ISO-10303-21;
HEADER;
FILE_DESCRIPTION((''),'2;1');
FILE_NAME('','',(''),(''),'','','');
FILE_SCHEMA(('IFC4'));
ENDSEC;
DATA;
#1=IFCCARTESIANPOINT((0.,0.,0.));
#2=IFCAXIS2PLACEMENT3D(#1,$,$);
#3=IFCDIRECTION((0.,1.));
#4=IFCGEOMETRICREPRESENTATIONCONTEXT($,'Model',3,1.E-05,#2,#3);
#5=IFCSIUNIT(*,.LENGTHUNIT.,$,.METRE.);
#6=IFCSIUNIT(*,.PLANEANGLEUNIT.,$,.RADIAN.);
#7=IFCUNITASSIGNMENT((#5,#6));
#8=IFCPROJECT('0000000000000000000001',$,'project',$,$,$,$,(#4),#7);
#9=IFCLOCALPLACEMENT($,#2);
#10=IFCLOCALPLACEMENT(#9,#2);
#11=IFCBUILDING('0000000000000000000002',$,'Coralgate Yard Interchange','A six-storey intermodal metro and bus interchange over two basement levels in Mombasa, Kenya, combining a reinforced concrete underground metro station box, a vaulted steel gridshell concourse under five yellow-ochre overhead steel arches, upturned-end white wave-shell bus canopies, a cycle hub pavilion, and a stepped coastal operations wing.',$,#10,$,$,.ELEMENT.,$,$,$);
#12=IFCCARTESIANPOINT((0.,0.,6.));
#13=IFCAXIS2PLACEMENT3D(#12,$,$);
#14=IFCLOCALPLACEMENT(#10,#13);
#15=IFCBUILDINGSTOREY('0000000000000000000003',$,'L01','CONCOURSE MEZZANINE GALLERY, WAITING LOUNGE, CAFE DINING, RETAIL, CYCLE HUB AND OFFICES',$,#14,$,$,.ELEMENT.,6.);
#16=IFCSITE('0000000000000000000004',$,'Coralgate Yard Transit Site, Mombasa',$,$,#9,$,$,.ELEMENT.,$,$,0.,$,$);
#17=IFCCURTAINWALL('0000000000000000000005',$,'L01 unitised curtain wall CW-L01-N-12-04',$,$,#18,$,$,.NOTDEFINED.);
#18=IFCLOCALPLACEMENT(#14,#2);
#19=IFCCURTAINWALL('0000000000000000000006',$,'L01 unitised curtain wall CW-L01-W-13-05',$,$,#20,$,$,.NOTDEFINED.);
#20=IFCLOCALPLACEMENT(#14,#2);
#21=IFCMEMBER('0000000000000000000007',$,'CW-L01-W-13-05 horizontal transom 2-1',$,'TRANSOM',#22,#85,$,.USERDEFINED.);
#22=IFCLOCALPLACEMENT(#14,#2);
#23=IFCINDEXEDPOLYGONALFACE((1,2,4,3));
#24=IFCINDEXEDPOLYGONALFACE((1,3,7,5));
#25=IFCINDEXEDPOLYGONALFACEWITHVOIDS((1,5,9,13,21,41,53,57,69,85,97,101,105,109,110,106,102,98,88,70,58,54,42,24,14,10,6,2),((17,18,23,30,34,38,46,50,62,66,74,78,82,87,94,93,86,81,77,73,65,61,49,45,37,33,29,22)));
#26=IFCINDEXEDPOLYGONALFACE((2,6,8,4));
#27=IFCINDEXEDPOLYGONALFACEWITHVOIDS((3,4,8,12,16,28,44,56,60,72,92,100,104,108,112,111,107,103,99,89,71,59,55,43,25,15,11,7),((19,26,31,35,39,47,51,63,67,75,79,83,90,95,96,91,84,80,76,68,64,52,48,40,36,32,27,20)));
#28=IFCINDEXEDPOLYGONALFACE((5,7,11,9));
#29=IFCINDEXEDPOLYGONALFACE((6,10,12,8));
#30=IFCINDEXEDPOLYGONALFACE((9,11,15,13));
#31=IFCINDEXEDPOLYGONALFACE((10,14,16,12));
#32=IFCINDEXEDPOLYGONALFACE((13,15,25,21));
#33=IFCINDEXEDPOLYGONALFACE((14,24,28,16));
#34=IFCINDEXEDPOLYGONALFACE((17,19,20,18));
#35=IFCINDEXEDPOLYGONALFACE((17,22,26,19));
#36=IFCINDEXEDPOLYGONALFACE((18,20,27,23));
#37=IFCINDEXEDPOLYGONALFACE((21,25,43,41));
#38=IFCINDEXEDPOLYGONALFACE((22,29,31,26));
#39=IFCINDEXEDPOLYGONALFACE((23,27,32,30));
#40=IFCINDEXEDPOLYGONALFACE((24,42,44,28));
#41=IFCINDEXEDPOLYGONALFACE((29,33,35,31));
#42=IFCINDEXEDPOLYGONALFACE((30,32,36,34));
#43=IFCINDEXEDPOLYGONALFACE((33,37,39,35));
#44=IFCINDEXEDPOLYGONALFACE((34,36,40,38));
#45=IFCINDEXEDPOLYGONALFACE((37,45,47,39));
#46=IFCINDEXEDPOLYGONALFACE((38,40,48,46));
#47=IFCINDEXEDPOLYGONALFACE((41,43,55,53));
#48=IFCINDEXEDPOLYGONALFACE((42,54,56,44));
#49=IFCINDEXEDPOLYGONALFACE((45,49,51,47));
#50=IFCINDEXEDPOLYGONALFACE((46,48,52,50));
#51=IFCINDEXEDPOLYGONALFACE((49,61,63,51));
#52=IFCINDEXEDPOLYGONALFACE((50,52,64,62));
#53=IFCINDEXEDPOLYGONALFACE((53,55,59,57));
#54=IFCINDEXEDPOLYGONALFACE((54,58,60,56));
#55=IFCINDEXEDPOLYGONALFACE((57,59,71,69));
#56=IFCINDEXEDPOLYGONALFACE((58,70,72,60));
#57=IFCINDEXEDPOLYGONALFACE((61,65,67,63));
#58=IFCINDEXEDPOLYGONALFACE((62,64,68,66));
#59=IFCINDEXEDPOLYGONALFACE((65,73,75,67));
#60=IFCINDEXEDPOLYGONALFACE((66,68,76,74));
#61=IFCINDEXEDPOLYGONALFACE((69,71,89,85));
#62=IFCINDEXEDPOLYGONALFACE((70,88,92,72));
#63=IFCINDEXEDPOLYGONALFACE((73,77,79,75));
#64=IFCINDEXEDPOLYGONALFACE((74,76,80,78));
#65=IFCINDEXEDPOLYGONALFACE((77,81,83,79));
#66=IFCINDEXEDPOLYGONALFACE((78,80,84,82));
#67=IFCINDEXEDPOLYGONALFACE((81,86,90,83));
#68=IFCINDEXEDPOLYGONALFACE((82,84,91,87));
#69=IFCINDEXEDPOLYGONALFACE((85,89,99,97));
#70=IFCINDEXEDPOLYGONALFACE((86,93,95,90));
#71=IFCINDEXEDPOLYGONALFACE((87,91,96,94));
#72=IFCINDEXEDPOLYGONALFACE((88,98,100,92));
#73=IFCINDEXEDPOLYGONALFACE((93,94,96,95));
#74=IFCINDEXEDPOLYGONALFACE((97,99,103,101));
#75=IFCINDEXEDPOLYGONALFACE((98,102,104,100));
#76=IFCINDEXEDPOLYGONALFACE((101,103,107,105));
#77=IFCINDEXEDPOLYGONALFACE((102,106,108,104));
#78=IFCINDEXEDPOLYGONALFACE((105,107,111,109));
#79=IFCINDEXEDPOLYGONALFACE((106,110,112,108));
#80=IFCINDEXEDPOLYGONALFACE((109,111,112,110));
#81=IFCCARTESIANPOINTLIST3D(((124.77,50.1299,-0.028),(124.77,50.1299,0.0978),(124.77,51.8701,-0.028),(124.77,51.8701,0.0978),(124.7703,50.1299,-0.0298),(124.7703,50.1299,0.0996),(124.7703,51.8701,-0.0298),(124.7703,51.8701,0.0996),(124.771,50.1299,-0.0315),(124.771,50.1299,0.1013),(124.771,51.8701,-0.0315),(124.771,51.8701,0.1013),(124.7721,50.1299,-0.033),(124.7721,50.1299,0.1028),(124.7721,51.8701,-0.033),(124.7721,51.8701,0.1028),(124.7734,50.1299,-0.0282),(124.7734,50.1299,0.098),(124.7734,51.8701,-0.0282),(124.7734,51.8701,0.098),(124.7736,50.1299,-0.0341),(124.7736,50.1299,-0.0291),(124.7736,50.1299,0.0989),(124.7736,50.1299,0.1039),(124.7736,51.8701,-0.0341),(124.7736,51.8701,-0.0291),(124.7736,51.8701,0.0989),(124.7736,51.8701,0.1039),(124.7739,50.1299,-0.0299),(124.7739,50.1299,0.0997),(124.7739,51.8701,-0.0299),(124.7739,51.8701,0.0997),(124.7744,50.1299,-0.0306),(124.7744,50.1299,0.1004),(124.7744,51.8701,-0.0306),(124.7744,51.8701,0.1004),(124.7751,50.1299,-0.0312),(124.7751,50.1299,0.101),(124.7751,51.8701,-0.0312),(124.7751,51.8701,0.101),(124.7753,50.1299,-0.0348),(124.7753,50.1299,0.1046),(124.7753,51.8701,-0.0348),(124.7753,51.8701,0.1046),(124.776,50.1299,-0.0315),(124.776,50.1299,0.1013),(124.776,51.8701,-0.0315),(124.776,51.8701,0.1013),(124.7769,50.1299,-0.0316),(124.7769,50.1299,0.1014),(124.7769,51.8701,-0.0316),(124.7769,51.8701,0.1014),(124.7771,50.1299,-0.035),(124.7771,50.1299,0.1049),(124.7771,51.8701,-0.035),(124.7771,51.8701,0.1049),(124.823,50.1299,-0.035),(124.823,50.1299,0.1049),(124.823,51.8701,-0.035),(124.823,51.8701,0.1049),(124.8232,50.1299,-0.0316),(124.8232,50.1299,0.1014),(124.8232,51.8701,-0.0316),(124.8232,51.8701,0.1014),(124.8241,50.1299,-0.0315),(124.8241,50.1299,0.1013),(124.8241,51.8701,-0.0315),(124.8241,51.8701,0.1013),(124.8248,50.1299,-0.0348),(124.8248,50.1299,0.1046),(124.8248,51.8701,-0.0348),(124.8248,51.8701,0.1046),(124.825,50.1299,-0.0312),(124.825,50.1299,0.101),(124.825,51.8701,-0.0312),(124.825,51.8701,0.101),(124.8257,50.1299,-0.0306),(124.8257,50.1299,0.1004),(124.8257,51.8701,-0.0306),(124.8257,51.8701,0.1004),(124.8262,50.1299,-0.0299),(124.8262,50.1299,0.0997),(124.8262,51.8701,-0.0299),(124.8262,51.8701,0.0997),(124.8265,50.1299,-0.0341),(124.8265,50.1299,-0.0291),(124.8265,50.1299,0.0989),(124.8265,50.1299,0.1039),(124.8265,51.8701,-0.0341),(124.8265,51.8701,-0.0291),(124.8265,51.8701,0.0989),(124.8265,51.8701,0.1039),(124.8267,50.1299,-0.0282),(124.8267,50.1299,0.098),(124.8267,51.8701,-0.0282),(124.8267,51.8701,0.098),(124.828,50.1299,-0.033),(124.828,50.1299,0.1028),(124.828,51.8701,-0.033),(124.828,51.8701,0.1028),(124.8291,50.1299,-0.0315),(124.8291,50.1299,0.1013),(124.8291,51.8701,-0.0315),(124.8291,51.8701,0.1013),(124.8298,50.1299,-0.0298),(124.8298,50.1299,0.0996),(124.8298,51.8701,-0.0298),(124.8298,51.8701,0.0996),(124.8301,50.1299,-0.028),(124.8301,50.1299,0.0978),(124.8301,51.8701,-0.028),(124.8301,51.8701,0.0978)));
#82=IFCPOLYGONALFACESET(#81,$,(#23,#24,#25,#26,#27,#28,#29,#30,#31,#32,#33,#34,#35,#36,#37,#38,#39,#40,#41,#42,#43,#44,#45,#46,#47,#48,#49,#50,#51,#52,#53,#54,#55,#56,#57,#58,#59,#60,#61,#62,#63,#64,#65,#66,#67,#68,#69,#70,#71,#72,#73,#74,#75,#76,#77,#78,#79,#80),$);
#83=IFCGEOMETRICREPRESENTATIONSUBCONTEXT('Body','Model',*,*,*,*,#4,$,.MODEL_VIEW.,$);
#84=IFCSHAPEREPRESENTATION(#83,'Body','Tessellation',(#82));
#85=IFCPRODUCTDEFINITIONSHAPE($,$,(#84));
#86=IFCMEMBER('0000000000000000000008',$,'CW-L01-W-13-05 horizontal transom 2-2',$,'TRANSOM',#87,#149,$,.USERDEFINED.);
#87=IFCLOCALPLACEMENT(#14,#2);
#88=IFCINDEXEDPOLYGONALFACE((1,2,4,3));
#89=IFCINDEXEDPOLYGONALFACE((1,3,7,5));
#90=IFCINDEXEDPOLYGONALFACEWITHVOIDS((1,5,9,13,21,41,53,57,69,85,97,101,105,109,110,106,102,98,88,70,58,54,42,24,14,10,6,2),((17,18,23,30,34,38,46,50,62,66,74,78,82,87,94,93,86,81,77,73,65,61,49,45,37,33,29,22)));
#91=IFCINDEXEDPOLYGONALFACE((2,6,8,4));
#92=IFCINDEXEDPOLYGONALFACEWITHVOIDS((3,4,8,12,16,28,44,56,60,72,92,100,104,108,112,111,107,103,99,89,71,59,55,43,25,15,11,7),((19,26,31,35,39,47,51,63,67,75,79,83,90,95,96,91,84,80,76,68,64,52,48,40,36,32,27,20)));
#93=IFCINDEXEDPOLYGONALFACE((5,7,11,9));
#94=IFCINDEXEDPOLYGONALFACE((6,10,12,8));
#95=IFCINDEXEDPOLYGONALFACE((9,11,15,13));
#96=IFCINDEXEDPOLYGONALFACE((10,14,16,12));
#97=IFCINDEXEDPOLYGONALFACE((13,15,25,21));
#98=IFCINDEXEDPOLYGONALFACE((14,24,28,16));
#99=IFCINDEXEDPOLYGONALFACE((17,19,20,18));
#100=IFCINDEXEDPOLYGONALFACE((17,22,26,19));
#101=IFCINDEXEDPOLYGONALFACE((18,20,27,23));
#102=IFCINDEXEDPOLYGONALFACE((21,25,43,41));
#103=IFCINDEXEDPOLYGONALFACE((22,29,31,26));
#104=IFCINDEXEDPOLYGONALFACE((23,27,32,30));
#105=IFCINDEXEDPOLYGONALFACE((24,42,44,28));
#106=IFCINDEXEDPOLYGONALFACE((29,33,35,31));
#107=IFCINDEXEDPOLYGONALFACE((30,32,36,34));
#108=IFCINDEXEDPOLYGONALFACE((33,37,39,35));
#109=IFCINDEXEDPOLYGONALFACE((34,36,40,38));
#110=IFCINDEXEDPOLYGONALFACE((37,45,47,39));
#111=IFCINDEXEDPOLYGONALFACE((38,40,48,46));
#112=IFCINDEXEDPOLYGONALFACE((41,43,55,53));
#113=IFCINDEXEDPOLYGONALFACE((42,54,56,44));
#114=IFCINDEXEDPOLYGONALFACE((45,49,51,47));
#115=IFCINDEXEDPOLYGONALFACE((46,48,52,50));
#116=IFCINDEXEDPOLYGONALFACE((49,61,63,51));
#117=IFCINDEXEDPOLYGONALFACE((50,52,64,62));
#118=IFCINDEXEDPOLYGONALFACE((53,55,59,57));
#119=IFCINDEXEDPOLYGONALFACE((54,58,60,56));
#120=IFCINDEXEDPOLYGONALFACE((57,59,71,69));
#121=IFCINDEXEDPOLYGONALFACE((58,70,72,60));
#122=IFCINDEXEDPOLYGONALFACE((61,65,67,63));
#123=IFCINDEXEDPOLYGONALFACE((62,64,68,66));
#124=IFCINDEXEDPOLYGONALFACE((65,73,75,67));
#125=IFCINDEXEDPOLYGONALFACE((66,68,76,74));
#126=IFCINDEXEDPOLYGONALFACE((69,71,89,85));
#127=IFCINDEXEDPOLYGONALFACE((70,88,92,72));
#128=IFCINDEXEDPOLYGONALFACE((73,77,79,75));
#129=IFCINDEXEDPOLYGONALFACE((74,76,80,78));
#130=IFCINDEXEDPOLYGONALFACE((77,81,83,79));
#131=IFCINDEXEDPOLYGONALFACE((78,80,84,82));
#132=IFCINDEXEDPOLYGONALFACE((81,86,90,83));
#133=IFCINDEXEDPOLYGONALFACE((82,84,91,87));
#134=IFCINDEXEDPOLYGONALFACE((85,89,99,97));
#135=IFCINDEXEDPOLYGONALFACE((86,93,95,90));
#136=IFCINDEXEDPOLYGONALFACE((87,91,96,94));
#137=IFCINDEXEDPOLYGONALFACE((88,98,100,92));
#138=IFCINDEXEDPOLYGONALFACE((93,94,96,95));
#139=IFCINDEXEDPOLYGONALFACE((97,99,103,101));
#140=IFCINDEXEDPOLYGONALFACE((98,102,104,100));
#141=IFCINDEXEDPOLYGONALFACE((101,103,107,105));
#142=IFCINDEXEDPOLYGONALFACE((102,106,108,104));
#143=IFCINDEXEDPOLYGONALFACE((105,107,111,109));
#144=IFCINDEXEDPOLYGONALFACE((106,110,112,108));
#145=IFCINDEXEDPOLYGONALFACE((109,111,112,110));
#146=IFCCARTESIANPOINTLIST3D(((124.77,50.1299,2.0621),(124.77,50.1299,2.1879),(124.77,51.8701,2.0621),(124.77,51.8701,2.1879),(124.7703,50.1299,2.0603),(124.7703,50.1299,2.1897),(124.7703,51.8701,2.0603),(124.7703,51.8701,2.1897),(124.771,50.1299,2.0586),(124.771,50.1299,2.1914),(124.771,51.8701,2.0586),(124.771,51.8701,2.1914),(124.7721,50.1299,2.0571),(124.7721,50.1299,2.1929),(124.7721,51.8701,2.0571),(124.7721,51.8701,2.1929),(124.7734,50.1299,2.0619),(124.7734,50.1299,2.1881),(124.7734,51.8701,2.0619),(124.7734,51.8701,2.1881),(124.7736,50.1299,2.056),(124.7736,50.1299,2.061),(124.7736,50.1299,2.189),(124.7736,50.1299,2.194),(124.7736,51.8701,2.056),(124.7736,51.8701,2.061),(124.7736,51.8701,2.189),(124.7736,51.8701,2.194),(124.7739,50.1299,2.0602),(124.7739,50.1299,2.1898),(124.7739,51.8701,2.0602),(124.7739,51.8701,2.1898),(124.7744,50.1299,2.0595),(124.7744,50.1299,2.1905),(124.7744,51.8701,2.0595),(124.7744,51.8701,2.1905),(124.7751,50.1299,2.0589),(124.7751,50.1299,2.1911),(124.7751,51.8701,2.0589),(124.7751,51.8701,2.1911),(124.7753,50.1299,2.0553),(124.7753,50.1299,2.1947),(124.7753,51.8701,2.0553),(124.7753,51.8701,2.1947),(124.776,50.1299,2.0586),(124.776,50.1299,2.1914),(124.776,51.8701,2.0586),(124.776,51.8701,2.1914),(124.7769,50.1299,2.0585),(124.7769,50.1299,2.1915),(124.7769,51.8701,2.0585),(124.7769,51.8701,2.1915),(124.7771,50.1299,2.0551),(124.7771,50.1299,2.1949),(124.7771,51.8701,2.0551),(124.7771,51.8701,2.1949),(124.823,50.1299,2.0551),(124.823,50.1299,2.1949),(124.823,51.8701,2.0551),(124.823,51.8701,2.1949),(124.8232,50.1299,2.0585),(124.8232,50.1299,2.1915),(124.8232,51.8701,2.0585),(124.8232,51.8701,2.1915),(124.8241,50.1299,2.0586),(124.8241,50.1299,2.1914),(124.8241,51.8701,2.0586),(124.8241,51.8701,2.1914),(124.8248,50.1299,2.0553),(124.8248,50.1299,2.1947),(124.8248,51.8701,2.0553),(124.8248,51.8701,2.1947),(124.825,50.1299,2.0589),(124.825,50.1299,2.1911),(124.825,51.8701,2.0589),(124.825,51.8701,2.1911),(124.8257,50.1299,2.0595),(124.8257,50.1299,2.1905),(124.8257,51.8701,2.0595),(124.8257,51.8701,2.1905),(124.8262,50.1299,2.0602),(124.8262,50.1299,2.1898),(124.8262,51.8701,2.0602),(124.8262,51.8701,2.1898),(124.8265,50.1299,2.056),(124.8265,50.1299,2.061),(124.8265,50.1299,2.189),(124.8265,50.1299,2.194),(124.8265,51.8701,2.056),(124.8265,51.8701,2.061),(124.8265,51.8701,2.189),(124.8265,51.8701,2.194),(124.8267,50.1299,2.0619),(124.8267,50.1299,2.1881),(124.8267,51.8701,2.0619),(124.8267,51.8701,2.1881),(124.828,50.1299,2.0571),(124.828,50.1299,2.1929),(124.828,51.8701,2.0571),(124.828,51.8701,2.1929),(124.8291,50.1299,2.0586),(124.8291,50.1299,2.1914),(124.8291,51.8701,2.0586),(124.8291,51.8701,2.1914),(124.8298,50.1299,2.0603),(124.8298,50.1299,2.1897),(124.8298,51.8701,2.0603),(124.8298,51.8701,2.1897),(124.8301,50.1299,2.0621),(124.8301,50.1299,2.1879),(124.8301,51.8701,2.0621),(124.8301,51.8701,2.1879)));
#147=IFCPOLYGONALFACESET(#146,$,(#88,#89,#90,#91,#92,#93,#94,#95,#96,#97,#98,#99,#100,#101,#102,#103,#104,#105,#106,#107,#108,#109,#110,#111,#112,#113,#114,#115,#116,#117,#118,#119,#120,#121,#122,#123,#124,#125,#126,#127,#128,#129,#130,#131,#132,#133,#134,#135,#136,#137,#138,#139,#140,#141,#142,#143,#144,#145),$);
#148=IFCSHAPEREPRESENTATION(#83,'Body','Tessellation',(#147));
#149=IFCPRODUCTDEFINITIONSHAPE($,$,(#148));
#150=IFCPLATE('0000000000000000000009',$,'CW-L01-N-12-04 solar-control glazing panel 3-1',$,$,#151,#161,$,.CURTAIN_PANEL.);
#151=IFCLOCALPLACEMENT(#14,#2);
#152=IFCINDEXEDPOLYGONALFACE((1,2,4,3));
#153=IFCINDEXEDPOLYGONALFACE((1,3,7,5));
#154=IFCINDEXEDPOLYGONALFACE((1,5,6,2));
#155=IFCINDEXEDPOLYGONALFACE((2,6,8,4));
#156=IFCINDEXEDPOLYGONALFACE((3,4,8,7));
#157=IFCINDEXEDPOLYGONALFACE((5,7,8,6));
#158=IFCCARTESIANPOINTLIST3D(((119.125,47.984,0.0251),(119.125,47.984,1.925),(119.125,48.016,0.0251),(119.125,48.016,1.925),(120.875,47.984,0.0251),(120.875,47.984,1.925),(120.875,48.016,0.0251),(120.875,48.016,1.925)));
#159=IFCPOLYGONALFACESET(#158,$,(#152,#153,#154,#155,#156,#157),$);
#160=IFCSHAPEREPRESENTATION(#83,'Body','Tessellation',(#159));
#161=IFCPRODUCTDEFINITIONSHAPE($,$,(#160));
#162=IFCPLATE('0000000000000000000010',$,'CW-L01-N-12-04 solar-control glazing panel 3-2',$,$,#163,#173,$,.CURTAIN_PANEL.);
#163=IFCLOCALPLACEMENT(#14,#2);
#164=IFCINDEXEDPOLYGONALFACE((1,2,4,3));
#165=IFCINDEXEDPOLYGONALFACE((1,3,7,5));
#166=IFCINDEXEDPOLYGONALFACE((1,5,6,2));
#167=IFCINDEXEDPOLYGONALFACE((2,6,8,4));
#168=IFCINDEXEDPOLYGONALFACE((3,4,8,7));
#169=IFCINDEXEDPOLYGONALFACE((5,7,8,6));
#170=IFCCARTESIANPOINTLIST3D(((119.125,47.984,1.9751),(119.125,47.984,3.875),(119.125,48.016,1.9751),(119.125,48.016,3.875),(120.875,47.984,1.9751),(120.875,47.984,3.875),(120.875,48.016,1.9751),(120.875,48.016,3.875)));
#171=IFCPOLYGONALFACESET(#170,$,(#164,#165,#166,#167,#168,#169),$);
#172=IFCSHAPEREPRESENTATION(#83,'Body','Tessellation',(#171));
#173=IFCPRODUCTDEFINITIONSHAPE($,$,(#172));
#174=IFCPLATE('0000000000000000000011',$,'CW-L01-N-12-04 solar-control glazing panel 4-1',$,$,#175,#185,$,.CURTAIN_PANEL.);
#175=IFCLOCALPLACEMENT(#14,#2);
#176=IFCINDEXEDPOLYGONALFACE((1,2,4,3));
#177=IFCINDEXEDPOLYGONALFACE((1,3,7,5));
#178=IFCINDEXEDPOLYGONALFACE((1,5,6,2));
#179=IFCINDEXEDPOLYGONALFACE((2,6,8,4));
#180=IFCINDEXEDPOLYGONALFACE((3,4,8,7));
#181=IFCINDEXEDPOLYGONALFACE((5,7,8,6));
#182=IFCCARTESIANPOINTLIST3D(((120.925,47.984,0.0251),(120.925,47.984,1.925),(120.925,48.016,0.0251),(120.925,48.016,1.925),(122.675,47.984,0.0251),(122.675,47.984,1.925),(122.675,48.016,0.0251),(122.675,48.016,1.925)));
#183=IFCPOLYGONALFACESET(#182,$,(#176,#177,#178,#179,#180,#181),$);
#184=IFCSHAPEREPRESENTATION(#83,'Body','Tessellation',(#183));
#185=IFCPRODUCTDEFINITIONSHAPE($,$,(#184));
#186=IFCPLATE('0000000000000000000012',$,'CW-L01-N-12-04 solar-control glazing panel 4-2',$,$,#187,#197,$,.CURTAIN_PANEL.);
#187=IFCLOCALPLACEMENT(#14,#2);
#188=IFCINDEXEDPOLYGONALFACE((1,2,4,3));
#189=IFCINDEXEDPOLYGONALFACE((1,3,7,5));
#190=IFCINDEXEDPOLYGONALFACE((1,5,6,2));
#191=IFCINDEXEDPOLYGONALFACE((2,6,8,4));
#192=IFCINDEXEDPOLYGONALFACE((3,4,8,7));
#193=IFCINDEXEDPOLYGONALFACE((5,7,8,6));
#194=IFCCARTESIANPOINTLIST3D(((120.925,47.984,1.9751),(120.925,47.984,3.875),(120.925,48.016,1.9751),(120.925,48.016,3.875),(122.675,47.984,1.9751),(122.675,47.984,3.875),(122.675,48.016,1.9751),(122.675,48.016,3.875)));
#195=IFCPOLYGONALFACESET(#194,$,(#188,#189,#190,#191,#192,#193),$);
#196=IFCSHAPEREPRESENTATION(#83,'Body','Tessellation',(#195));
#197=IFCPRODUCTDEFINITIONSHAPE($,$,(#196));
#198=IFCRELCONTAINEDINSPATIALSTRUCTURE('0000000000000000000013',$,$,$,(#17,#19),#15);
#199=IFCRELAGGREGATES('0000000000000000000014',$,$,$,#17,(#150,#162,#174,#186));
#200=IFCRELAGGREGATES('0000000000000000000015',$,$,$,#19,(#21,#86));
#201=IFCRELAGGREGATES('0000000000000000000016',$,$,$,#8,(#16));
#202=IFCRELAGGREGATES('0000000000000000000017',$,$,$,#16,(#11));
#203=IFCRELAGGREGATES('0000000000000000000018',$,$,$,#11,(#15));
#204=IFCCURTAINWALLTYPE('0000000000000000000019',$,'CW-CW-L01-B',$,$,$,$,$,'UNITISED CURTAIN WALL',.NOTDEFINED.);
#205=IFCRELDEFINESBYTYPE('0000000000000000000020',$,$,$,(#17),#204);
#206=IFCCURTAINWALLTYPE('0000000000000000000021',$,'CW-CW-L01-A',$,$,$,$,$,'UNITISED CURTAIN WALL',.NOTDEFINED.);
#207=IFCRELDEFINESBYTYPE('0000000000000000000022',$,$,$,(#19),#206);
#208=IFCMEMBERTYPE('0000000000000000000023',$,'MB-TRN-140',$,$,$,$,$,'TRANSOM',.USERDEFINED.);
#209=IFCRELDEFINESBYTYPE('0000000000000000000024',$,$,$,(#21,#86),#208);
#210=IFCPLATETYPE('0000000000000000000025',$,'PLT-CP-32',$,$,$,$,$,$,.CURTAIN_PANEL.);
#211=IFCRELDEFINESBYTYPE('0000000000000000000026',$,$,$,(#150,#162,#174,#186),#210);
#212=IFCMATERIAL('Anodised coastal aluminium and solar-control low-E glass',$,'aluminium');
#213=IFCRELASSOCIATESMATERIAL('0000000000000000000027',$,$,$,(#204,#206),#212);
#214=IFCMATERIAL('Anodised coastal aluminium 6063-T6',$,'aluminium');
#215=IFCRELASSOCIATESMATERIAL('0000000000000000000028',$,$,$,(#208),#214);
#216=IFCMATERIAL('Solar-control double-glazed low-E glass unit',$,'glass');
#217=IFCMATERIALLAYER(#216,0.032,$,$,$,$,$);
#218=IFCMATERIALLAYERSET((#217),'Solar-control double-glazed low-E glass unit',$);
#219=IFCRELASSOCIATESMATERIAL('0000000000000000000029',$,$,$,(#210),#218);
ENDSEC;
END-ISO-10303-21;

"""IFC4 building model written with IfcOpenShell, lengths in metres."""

from ifc_helpers import new_model, si_unit, direction, frame, origin, origin_2d, place, context, subcontext, project, spatial, rectangle, hollow_rectangle, extrude, material, layer, layer_set, material_profile, profile_set, type_object, element, aggregate, save


model = new_model("IFC4")

# Units and contexts
model_context = context("Model", 3, precision=1e-05, world=origin(), true_north=direction((0.0, 1.0)))
body_context = subcontext(model_context, "Body", "Model", "MODEL_VIEW")
ifc_project = project(units=[si_unit("LENGTHUNIT", "METRE"), si_unit("PLANEANGLEUNIT", "RADIAN")], contexts=[model_context])

# Site, building, storey
site_placement = place(None, origin())
site = spatial("IfcSite", under=ifc_project, at=site_placement, Name="Coralgate Yard Transit Site, Mombasa", CompositionType="ELEMENT", RefElevation=0.0)
building_placement = place(site_placement, origin())
building = spatial("IfcBuilding", under=site, at=building_placement, Name="Coralgate Yard Interchange", Description="A six-storey intermodal metro and bus interchange over two basement levels in Mombasa, Kenya, combining a reinforced concrete underground metro station box, a vaulted steel gridshell concourse under five yellow-ochre overhead steel arches, upturned-end white wave-shell bus canopies, a cycle hub pavilion, and a stepped coastal operations wing.", CompositionType="ELEMENT")
storey_placement = place(building_placement, frame((0.0, 0.0, 6.0)))
storey = spatial("IfcBuildingStorey", under=building, at=storey_placement, Name="L01", Description="CONCOURSE MEZZANINE GALLERY, WAITING LOUNGE, CAFE DINING, RETAIL, CYCLE HUB AND OFFICES", CompositionType="ELEMENT", Elevation=6.0)

# Curtain walls
ifc_material_1 = material(Name="Anodised coastal aluminium and solar-control low-E glass", Category="aluminium")
curtain_wall_type_1 = type_object("IfcCurtainWallType", Name="CW-CW-L01-B", ElementType="UNITISED CURTAIN WALL", PredefinedType="NOTDEFINED", material=ifc_material_1)
curtain_wall_1_placement = place(storey_placement, origin())
curtain_wall_1 = element("IfcCurtainWall", 1, at=curtain_wall_1_placement, inside=storey, type_object=curtain_wall_type_1, Name="L01 unitised curtain wall CW-L01-N-12-04", PredefinedType="NOTDEFINED")
ifc_material_2 = material(Name="Anodised coastal aluminium 6063-T6", Category="aluminium")
curtain_wall_type_2 = type_object("IfcCurtainWallType", Name="CW-CW-L01-A", ElementType="UNITISED CURTAIN WALL", PredefinedType="NOTDEFINED", material=ifc_material_1)
curtain_wall_2_placement = place(storey_placement, origin())
curtain_wall_2 = element("IfcCurtainWall", 2, at=curtain_wall_2_placement, inside=storey, type_object=curtain_wall_type_2, Name="L01 unitised curtain wall CW-L01-W-13-05", PredefinedType="NOTDEFINED")

# Members
ifc_material_profile_1 = material_profile(ifc_material_2, hollow_rectangle(XDim=0.0601, YDim=0.1399, WallThickness=0.0034, InnerFilletRadius=0.0034, OuterFilletRadius=0.0071, at=origin_2d()), Name="ALU 60x140x3.5")
ifc_profile_set_1 = profile_set([ifc_material_profile_1], Name="Anodised coastal aluminium 6063-T6")
member_type_1 = type_object("IfcMemberType", Name="MB-TRN-140", ElementType="TRANSOM", PredefinedType="USERDEFINED", material=ifc_profile_set_1)
member_1_placement = place(storey_placement, frame((124.8, 50.1299, 0.0349), z_axis=(0.0, 1.0, 0.0), x_axis=(-1.0, 0.0, 0.0)))
member_1 = element("IfcMember", 3, at=member_1_placement, type_object=member_type_1, Name="CW-L01-W-13-05 horizontal transom 2-1", ObjectType="TRANSOM", PredefinedType="USERDEFINED", context=body_context, shape_type="SweptSolid", body=[
    extrude(hollow_rectangle(XDim=0.0601, YDim=0.1399, WallThickness=0.0034, InnerFilletRadius=0.0034, OuterFilletRadius=0.0071, at=origin_2d()), origin(), (0.0, 0.0, 1.0), 1.7402),
])
member_2_placement = place(storey_placement, frame((124.8, 50.1299, 2.125), z_axis=(0.0, 1.0, 0.0), x_axis=(-1.0, 0.0, 0.0)))
member_2 = element("IfcMember", 4, at=member_2_placement, type_object=member_type_1, Name="CW-L01-W-13-05 horizontal transom 2-2", ObjectType="TRANSOM", PredefinedType="USERDEFINED", context=body_context, shape_type="SweptSolid", body=[
    extrude(hollow_rectangle(XDim=0.0601, YDim=0.1399, WallThickness=0.0034, InnerFilletRadius=0.0034, OuterFilletRadius=0.0071, at=origin_2d()), origin(), (0.0, 0.0, 1.0), 1.7402),
])

# Plates
ifc_material_3 = material(Name="Solar-control double-glazed low-E glass unit", Category="glass")
ifc_layer = layer(ifc_material_3, 0.032)
ifc_layer_set = layer_set([ifc_layer], Name="Solar-control double-glazed low-E glass unit")
plate_type = type_object("IfcPlateType", Name="PLT-CP-32", PredefinedType="CURTAIN_PANEL", material=ifc_layer_set)
plate_1_placement = place(storey_placement, frame((120.0, 48.0, 0.0251), z_axis=(0.0, 0.0, 1.0), x_axis=(1.0, 0.0, 0.0)))
plate_1 = element("IfcPlate", 5, at=plate_1_placement, type_object=plate_type, Name="CW-L01-N-12-04 solar-control glazing panel 3-1", PredefinedType="CURTAIN_PANEL", context=body_context, shape_type="SweptSolid", body=[
    extrude(rectangle(XDim=1.75, YDim=0.032, at=origin_2d()), origin(), (0.0, 0.0, 1.0), 1.8999),
])
plate_2_placement = place(storey_placement, frame((120.0, 48.0, 1.9751), z_axis=(0.0, 0.0, 1.0), x_axis=(1.0, 0.0, 0.0)))
plate_2 = element("IfcPlate", 6, at=plate_2_placement, type_object=plate_type, Name="CW-L01-N-12-04 solar-control glazing panel 3-2", PredefinedType="CURTAIN_PANEL", context=body_context, shape_type="SweptSolid", body=[
    extrude(rectangle(XDim=1.75, YDim=0.032, at=origin_2d()), origin(), (0.0, 0.0, 1.0), 1.8999),
])
plate_3_placement = place(storey_placement, frame((121.8, 48.0, 0.0251), z_axis=(0.0, 0.0, 1.0), x_axis=(1.0, 0.0, 0.0)))
plate_3 = element("IfcPlate", 7, at=plate_3_placement, type_object=plate_type, Name="CW-L01-N-12-04 solar-control glazing panel 4-1", PredefinedType="CURTAIN_PANEL", context=body_context, shape_type="SweptSolid", body=[
    extrude(rectangle(XDim=1.75, YDim=0.032, at=origin_2d()), origin(), (0.0, 0.0, 1.0), 1.8999),
])
plate_4_placement = place(storey_placement, frame((121.8, 48.0, 1.9751), z_axis=(0.0, 0.0, 1.0), x_axis=(1.0, 0.0, 0.0)))
plate_4 = element("IfcPlate", 8, at=plate_4_placement, type_object=plate_type, Name="CW-L01-N-12-04 solar-control glazing panel 4-2", PredefinedType="CURTAIN_PANEL", context=body_context, shape_type="SweptSolid", body=[
    extrude(rectangle(XDim=1.75, YDim=0.032, at=origin_2d()), origin(), (0.0, 0.0, 1.0), 1.8999),
])
aggregate(curtain_wall_1, [plate_1, plate_2, plate_3, plate_4])
aggregate(curtain_wall_2, [member_1, member_2])

save(model, "model.ifc")
